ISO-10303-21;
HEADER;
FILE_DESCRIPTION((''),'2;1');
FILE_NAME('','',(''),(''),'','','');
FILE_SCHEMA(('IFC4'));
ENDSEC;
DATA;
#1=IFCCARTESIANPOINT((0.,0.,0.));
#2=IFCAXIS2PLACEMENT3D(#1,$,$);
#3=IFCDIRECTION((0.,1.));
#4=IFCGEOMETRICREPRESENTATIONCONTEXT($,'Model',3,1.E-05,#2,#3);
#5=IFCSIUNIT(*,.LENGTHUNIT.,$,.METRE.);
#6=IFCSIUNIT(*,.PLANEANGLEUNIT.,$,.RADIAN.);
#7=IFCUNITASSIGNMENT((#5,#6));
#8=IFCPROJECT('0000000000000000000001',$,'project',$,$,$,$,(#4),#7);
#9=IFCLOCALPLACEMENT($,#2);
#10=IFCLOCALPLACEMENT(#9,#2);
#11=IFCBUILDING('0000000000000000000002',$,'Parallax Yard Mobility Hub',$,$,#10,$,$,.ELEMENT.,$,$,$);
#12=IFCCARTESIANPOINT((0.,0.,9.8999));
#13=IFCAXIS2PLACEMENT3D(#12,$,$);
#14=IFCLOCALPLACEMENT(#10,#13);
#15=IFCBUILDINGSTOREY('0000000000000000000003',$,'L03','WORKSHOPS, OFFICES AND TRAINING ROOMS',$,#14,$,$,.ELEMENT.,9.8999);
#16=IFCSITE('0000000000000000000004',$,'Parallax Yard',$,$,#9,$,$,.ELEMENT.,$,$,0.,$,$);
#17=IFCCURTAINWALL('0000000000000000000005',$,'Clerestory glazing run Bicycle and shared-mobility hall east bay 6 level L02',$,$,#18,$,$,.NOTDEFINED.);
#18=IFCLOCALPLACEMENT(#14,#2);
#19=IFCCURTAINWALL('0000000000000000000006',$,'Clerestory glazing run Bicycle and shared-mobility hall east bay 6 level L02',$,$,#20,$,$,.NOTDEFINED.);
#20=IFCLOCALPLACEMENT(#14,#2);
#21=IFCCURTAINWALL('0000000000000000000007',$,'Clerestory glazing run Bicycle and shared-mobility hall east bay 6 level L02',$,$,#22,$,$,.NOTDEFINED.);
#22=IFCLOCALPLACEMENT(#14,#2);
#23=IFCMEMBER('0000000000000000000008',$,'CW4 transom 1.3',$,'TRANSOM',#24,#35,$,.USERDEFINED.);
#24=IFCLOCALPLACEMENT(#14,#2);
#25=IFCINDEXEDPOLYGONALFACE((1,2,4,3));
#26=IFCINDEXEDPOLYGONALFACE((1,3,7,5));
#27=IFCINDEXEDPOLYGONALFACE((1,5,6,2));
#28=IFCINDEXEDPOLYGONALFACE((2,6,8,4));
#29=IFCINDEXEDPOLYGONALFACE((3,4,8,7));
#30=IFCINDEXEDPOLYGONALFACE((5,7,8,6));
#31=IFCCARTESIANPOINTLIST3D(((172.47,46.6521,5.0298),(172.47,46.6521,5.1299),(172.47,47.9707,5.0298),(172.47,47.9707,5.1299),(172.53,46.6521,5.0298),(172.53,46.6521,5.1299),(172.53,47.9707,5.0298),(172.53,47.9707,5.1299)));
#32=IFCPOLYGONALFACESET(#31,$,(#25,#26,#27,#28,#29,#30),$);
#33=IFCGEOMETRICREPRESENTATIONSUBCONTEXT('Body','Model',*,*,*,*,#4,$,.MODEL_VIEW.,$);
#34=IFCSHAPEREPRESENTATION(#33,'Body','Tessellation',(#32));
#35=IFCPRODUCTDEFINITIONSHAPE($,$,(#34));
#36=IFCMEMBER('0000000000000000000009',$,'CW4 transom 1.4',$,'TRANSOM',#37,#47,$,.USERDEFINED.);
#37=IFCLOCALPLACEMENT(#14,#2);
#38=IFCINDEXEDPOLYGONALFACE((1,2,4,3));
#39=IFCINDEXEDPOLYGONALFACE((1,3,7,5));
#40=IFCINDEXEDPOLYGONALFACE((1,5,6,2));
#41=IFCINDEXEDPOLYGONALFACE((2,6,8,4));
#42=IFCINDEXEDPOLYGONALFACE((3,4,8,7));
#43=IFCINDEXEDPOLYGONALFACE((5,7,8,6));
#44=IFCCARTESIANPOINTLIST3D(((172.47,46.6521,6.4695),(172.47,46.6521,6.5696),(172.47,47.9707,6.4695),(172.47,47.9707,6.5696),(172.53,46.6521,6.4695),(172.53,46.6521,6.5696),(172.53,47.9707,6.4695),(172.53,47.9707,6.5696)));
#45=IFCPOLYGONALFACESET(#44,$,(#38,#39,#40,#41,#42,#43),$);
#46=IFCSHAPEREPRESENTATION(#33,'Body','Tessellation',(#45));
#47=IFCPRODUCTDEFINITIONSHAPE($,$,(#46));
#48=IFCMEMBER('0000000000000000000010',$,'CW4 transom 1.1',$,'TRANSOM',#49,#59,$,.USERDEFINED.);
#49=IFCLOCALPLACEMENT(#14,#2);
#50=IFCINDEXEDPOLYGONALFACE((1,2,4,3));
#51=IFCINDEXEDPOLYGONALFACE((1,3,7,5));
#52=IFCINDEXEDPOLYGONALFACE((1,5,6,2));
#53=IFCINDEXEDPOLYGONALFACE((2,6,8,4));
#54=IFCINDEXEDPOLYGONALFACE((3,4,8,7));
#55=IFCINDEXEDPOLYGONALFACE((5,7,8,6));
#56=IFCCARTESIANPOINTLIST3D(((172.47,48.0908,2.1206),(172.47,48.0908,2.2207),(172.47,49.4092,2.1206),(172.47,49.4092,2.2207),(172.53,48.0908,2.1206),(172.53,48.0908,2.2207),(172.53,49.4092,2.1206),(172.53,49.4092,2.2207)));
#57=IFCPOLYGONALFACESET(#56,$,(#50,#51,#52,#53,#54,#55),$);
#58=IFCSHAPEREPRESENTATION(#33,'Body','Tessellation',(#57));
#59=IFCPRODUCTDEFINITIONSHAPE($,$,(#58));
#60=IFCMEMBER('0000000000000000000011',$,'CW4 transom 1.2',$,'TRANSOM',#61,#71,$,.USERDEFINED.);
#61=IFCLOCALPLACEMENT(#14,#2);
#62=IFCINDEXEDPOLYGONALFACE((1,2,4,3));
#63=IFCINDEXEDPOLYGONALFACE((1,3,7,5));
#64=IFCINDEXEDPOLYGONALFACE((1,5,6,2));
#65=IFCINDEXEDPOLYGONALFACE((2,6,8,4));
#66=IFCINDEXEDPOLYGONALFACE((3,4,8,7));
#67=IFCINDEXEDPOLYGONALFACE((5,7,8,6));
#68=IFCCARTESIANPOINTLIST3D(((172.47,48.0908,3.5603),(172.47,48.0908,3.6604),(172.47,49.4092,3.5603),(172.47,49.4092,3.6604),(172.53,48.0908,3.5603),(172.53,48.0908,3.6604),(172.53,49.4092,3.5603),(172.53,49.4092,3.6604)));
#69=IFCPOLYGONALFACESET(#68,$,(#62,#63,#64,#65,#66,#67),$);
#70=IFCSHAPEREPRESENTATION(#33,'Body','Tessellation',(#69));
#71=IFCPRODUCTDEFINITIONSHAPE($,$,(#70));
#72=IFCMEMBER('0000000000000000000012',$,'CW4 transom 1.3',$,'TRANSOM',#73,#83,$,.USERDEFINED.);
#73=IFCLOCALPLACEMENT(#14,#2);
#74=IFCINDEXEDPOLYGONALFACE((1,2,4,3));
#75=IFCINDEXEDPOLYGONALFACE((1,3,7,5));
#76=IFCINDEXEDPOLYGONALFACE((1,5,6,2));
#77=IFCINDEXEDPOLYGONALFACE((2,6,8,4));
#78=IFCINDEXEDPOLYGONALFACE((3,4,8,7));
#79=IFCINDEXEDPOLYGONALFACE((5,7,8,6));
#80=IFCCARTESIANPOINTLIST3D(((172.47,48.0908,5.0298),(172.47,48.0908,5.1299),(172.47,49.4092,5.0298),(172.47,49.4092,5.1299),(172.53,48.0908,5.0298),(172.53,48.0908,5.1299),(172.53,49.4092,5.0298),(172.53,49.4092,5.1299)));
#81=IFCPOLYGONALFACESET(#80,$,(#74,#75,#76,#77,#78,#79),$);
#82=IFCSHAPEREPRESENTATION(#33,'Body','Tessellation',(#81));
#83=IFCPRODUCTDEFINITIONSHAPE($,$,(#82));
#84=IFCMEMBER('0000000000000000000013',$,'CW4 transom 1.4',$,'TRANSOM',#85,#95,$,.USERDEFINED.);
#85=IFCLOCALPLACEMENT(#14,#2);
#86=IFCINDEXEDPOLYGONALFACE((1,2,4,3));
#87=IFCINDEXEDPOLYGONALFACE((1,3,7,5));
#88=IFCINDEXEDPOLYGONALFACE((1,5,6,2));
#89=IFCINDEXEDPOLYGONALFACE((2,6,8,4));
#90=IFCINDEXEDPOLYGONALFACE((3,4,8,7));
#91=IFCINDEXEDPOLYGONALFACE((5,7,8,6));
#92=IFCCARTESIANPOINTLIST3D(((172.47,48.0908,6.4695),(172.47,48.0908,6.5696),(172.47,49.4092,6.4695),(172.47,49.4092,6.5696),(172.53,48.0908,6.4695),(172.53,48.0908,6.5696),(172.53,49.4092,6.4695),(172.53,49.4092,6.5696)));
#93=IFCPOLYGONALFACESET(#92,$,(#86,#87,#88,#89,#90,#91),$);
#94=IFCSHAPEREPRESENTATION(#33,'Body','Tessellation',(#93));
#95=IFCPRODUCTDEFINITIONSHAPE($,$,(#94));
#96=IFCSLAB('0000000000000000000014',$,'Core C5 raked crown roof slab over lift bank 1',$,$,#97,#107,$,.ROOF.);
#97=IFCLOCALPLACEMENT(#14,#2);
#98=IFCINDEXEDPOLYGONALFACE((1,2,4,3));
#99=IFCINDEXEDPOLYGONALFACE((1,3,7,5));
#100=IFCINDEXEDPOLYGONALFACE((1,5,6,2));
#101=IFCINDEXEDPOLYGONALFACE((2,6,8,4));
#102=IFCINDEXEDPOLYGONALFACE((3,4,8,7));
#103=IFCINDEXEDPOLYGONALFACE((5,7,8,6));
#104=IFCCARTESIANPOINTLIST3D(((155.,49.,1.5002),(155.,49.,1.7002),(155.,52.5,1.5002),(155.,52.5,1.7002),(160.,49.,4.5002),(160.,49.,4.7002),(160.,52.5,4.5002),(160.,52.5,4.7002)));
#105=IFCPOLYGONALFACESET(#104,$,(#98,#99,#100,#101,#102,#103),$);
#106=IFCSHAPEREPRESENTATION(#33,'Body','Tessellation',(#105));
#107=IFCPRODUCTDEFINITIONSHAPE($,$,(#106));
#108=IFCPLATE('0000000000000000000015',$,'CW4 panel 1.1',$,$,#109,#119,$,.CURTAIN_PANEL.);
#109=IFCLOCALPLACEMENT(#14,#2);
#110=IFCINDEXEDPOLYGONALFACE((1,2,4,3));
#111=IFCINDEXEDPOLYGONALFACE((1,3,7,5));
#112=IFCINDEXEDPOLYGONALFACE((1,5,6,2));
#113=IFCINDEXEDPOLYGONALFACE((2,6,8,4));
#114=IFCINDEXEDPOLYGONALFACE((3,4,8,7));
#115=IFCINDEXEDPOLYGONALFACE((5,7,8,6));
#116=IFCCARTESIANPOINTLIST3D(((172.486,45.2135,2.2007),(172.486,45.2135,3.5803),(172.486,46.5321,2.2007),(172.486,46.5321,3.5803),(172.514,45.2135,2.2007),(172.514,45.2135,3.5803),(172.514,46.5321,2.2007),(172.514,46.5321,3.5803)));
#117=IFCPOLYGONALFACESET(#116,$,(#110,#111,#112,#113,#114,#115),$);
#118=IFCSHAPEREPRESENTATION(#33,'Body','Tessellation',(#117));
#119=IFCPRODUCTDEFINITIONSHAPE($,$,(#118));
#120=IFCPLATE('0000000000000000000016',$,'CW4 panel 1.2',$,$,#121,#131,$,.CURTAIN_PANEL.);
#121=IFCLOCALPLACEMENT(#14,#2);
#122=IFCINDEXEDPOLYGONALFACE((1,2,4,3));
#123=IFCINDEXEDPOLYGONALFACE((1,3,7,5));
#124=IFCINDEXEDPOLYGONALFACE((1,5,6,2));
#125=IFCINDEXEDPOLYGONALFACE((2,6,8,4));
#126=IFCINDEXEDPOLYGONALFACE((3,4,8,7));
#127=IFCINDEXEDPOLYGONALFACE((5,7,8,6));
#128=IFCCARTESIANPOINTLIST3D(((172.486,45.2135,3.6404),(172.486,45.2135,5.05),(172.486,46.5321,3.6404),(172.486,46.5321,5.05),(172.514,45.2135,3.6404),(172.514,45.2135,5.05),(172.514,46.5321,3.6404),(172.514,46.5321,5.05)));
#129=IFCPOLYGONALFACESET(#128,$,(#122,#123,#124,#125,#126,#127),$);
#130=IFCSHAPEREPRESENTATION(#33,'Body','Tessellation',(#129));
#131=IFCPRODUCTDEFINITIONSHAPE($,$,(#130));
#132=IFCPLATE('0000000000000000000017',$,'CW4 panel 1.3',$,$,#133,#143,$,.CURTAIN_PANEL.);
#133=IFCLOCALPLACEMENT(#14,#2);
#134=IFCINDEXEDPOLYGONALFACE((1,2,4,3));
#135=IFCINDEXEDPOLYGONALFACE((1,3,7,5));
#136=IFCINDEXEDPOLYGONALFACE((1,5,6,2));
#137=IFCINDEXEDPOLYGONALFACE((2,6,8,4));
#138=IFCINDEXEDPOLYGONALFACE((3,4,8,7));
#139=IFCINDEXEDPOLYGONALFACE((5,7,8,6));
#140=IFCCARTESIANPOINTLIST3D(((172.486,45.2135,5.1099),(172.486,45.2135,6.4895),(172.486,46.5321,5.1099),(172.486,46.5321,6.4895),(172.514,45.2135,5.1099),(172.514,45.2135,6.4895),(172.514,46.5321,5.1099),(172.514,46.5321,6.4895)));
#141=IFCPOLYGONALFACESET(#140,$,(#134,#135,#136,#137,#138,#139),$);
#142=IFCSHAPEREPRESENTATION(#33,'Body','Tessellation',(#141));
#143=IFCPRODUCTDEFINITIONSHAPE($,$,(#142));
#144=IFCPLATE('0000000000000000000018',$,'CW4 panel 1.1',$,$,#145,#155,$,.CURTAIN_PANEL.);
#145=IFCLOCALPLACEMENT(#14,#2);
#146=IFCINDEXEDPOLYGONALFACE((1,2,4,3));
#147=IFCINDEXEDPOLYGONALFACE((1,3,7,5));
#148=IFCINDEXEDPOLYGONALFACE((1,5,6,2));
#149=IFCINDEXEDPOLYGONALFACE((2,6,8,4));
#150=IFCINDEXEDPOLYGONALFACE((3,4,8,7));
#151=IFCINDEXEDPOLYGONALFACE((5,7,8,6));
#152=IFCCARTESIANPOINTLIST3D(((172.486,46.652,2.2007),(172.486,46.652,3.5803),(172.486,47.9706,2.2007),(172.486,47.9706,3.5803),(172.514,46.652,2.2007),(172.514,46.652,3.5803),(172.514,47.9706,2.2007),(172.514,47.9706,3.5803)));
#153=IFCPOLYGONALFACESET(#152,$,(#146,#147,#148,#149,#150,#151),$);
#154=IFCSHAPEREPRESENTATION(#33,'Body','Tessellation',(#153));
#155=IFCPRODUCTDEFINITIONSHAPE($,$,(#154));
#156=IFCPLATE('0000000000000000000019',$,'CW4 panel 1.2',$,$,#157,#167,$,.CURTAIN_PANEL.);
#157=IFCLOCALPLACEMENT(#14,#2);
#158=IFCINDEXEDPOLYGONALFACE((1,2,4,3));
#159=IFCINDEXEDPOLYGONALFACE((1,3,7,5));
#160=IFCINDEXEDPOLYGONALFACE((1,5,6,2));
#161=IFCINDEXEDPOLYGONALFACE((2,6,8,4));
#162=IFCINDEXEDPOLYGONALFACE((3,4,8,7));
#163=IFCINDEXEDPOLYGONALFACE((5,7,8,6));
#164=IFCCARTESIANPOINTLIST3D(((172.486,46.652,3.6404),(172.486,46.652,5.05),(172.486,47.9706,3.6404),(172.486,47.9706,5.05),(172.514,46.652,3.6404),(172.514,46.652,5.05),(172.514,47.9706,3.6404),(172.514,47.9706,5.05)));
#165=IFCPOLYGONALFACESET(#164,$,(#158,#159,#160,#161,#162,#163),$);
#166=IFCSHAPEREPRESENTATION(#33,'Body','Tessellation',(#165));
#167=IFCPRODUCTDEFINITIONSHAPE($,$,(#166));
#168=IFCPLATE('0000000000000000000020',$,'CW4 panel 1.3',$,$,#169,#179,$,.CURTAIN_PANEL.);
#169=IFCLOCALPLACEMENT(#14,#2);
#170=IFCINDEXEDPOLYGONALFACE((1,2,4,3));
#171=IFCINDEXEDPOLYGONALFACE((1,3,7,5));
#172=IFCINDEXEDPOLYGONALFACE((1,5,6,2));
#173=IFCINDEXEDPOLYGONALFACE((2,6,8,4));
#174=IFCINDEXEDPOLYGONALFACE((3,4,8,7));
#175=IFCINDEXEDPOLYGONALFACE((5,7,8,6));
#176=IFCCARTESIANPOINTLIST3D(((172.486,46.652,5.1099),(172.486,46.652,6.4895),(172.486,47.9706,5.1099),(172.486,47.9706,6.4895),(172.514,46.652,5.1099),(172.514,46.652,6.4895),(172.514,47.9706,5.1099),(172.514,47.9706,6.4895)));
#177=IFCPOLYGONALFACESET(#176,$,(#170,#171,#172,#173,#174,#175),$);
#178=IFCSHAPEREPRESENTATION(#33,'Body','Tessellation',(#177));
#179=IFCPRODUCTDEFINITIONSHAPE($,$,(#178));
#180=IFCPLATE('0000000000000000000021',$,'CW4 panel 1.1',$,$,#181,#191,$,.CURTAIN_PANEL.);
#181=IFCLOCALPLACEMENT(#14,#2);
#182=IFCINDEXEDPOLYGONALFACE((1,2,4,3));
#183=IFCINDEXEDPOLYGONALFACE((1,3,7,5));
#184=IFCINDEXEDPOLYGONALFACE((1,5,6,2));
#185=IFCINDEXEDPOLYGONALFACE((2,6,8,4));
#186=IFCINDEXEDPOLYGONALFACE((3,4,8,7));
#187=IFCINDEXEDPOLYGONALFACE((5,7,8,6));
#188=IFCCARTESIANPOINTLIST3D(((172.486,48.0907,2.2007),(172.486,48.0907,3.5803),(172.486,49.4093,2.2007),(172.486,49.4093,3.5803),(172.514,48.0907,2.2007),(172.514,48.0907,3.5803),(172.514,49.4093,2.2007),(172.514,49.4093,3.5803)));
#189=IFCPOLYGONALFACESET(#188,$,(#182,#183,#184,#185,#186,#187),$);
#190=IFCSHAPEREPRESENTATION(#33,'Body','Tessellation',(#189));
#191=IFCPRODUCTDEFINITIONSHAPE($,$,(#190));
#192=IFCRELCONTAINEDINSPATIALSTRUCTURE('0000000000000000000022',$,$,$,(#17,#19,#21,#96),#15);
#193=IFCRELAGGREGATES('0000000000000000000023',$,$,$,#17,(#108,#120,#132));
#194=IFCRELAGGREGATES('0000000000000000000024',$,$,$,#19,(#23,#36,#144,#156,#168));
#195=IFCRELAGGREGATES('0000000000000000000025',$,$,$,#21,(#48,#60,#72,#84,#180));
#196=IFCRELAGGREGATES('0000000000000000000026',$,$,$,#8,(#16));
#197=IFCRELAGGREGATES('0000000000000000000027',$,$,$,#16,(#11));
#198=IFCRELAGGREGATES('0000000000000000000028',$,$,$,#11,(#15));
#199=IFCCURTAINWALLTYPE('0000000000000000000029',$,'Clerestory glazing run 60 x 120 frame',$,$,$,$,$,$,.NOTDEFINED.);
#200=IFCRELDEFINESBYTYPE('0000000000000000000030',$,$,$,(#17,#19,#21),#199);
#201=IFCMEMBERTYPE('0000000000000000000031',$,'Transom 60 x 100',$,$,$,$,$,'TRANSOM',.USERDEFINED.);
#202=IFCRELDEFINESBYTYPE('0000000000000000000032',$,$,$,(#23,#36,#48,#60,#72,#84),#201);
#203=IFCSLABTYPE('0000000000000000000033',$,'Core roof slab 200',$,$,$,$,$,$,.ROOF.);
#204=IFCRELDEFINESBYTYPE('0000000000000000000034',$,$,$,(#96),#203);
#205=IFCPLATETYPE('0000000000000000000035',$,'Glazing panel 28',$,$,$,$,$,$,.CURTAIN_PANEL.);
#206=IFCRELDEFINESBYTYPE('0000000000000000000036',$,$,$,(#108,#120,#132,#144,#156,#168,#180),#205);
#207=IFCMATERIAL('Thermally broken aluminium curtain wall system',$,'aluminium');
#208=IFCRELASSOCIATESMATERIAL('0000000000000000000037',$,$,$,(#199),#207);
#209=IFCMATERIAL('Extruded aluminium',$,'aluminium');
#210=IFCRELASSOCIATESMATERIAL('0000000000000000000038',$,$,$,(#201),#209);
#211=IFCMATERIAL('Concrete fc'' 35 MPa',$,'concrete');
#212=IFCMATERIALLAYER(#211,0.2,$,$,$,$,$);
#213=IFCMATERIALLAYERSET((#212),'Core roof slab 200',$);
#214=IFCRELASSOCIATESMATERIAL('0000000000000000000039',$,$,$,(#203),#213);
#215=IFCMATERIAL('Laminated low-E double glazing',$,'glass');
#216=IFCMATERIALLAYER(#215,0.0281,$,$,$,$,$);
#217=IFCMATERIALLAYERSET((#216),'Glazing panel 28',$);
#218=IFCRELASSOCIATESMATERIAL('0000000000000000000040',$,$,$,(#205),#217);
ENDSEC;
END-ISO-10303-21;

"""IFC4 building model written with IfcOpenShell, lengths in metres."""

from ifc_helpers import new_model, si_unit, direction, frame, origin, origin_2d, place, context, subcontext, project, spatial, polyline, rectangle, outline, extrude, material, layer, layer_set, material_profile, profile_set, type_object, element, aggregate, save


model = new_model("IFC4")

# Units and contexts
model_context = context("Model", 3, precision=1e-05, world=origin(), true_north=direction((0.0, 1.0)))
body_context = subcontext(model_context, "Body", "Model", "MODEL_VIEW")
ifc_project = project(units=[si_unit("LENGTHUNIT", "METRE"), si_unit("PLANEANGLEUNIT", "RADIAN")], contexts=[model_context])

# Site, building, storey
site_placement = place(None, origin())
site = spatial("IfcSite", under=ifc_project, at=site_placement, Name="Parallax Yard", CompositionType="ELEMENT", RefElevation=0.0)
building_placement = place(site_placement, origin())
building = spatial("IfcBuilding", under=site, at=building_placement, Name="Parallax Yard Mobility Hub", CompositionType="ELEMENT")
storey_placement = place(building_placement, frame((0.0, 0.0, 9.8999)))
storey = spatial("IfcBuildingStorey", under=building, at=storey_placement, Name="L03", Description="WORKSHOPS, OFFICES AND TRAINING ROOMS", CompositionType="ELEMENT", Elevation=9.8999)

# Curtain walls
ifc_material_1 = material(Name="Thermally broken aluminium curtain wall system", Category="aluminium")
curtain_wall_type = type_object("IfcCurtainWallType", Name="Clerestory glazing run 60 x 120 frame", PredefinedType="NOTDEFINED", material=ifc_material_1)
curtain_wall_1_placement = place(storey_placement, origin())
curtain_wall_1 = element("IfcCurtainWall", 1, at=curtain_wall_1_placement, inside=storey, type_object=curtain_wall_type, Name="Clerestory glazing run Bicycle and shared-mobility hall east bay 6 level L02", PredefinedType="NOTDEFINED")
ifc_material_2 = material(Name="Extruded aluminium", Category="aluminium")
curtain_wall_2_placement = place(storey_placement, origin())
curtain_wall_2 = element("IfcCurtainWall", 2, at=curtain_wall_2_placement, inside=storey, type_object=curtain_wall_type, Name="Clerestory glazing run Bicycle and shared-mobility hall east bay 6 level L02", PredefinedType="NOTDEFINED")
curtain_wall_3_placement = place(storey_placement, origin())
curtain_wall_3 = element("IfcCurtainWall", 3, at=curtain_wall_3_placement, inside=storey, type_object=curtain_wall_type, Name="Clerestory glazing run Bicycle and shared-mobility hall east bay 6 level L02", PredefinedType="NOTDEFINED")

# Members
ifc_material_profile_1 = material_profile(ifc_material_2, rectangle(XDim=0.0601, YDim=0.1001, at=origin_2d()), Name="Transom 60 x 100")
ifc_profile_set_1 = profile_set([ifc_material_profile_1], Name="Extruded aluminium")
member_type_1 = type_object("IfcMemberType", Name="Transom 60 x 100", ElementType="TRANSOM", PredefinedType="USERDEFINED", material=ifc_profile_set_1)
member_1_placement = place(storey_placement, frame((172.5, 46.6521, 5.0798), z_axis=(0.0, 1.0, 0.0), x_axis=(-1.0, 0.0, 0.0)))
member_1 = element("IfcMember", 4, at=member_1_placement, type_object=member_type_1, Name="CW4 transom 1.3", ObjectType="TRANSOM", PredefinedType="USERDEFINED", context=body_context, shape_type="SweptSolid", body=[
    extrude(rectangle(XDim=0.0601, YDim=0.1001, at=origin_2d()), origin(), (0.0, 0.0, 1.0), 1.3186),
])
member_2_placement = place(storey_placement, frame((172.5, 46.6521, 6.5195), z_axis=(0.0, 1.0, 0.0), x_axis=(-1.0, 0.0, 0.0)))
member_2 = element("IfcMember", 5, at=member_2_placement, type_object=member_type_1, Name="CW4 transom 1.4", ObjectType="TRANSOM", PredefinedType="USERDEFINED", context=body_context, shape_type="SweptSolid", body=[
    extrude(rectangle(XDim=0.0601, YDim=0.1001, at=origin_2d()), origin(), (0.0, 0.0, 1.0), 1.3186),
])
member_3_placement = place(storey_placement, frame((172.5, 48.0908, 2.1707), z_axis=(0.0, 1.0, 0.0), x_axis=(-1.0, 0.0, 0.0)))
member_3 = element("IfcMember", 6, at=member_3_placement, type_object=member_type_1, Name="CW4 transom 1.1", ObjectType="TRANSOM", PredefinedType="USERDEFINED", context=body_context, shape_type="SweptSolid", body=[
    extrude(rectangle(XDim=0.0601, YDim=0.1001, at=origin_2d()), origin(), (0.0, 0.0, 1.0), 1.3184),
])
member_4_placement = place(storey_placement, frame((172.5, 48.0908, 3.6104), z_axis=(0.0, 1.0, 0.0), x_axis=(-1.0, 0.0, 0.0)))
member_4 = element("IfcMember", 7, at=member_4_placement, type_object=member_type_1, Name="CW4 transom 1.2", ObjectType="TRANSOM", PredefinedType="USERDEFINED", context=body_context, shape_type="SweptSolid", body=[
    extrude(rectangle(XDim=0.0601, YDim=0.1001, at=origin_2d()), origin(), (0.0, 0.0, 1.0), 1.3184),
])
member_5_placement = place(storey_placement, frame((172.5, 48.0908, 5.0798), z_axis=(0.0, 1.0, 0.0), x_axis=(-1.0, 0.0, 0.0)))
member_5 = element("IfcMember", 8, at=member_5_placement, type_object=member_type_1, Name="CW4 transom 1.3", ObjectType="TRANSOM", PredefinedType="USERDEFINED", context=body_context, shape_type="SweptSolid", body=[
    extrude(rectangle(XDim=0.0601, YDim=0.1001, at=origin_2d()), origin(), (0.0, 0.0, 1.0), 1.3184),
])
member_6_placement = place(storey_placement, frame((172.5, 48.0908, 6.5195), z_axis=(0.0, 1.0, 0.0), x_axis=(-1.0, 0.0, 0.0)))
member_6 = element("IfcMember", 9, at=member_6_placement, type_object=member_type_1, Name="CW4 transom 1.4", ObjectType="TRANSOM", PredefinedType="USERDEFINED", context=body_context, shape_type="SweptSolid", body=[
    extrude(rectangle(XDim=0.0601, YDim=0.1001, at=origin_2d()), origin(), (0.0, 0.0, 1.0), 1.3184),
])

# Slab
ifc_material_3 = material(Name="Concrete fc' 35 MPa", Category="concrete")
ifc_layer_1 = layer(ifc_material_3, 0.2)
ifc_layer_set_1 = layer_set([ifc_layer_1], Name="Core roof slab 200")
slab_type = type_object("IfcSlabType", Name="Core roof slab 200", PredefinedType="ROOF", material=ifc_layer_set_1)
slab_placement = place(storey_placement, frame((155.0, 50.75, 1.7002), z_axis=(0.0, 0.0, 1.0), x_axis=(1.0, 0.0, 0.0)))
element("IfcSlab", 10, at=slab_placement, inside=storey, type_object=slab_type, Name="Core C5 raked crown roof slab over lift bank 1", PredefinedType="ROOF", context=body_context, shape_type="SweptSolid", body=[
    extrude(outline(polyline([(0.0, -0.2), (5.0, 2.8), (5.0, 3.0), (0.0, 0.0), (0.0, -0.2)])), frame((0.0, 1.75, 0.0), z_axis=(0.0, -1.0, 0.0), x_axis=(1.0, 0.0, 0.0)), (0.0, 0.0, 1.0), 3.5),
])

# Plates
ifc_material_4 = material(Name="Laminated low-E double glazing", Category="glass")
ifc_layer_2 = layer(ifc_material_4, 0.0281)
ifc_layer_set_2 = layer_set([ifc_layer_2], Name="Glazing panel 28")
plate_type = type_object("IfcPlateType", Name="Glazing panel 28", PredefinedType="CURTAIN_PANEL", material=ifc_layer_set_2)
plate_1_placement = place(storey_placement, frame((172.5, 45.8728, 2.2007), z_axis=(0.0, 0.0, 1.0), x_axis=(0.0, 1.0, 0.0)))
plate_1 = element("IfcPlate", 11, at=plate_1_placement, type_object=plate_type, Name="CW4 panel 1.1", PredefinedType="CURTAIN_PANEL", context=body_context, shape_type="SweptSolid", body=[
    extrude(rectangle(XDim=1.3186, YDim=0.0281, at=origin_2d()), origin(), (0.0, 0.0, 1.0), 1.3796),
])
plate_2_placement = place(storey_placement, frame((172.5, 45.8728, 3.6404), z_axis=(0.0, 0.0, 1.0), x_axis=(0.0, 1.0, 0.0)))
plate_2 = element("IfcPlate", 12, at=plate_2_placement, type_object=plate_type, Name="CW4 panel 1.2", PredefinedType="CURTAIN_PANEL", context=body_context, shape_type="SweptSolid", body=[
    extrude(rectangle(XDim=1.3186, YDim=0.0281, at=origin_2d()), origin(), (0.0, 0.0, 1.0), 1.4097),
])
plate_3_placement = place(storey_placement, frame((172.5, 45.8728, 5.1099), z_axis=(0.0, 0.0, 1.0), x_axis=(0.0, 1.0, 0.0)))
plate_3 = element("IfcPlate", 13, at=plate_3_placement, type_object=plate_type, Name="CW4 panel 1.3", PredefinedType="CURTAIN_PANEL", context=body_context, shape_type="SweptSolid", body=[
    extrude(rectangle(XDim=1.3186, YDim=0.0281, at=origin_2d()), origin(), (0.0, 0.0, 1.0), 1.3796),
])
aggregate(curtain_wall_1, [plate_1, plate_2, plate_3])
plate_4_placement = place(storey_placement, frame((172.5, 47.3113, 2.2007), z_axis=(0.0, 0.0, 1.0), x_axis=(0.0, 1.0, 0.0)))
plate_4 = element("IfcPlate", 14, at=plate_4_placement, type_object=plate_type, Name="CW4 panel 1.1", PredefinedType="CURTAIN_PANEL", context=body_context, shape_type="SweptSolid", body=[
    extrude(rectangle(XDim=1.3186, YDim=0.0281, at=origin_2d()), origin(), (0.0, 0.0, 1.0), 1.3796),
])
plate_5_placement = place(storey_placement, frame((172.5, 47.3113, 3.6404), z_axis=(0.0, 0.0, 1.0), x_axis=(0.0, 1.0, 0.0)))
plate_5 = element("IfcPlate", 15, at=plate_5_placement, type_object=plate_type, Name="CW4 panel 1.2", PredefinedType="CURTAIN_PANEL", context=body_context, shape_type="SweptSolid", body=[
    extrude(rectangle(XDim=1.3186, YDim=0.0281, at=origin_2d()), origin(), (0.0, 0.0, 1.0), 1.4097),
])
plate_6_placement = place(storey_placement, frame((172.5, 47.3113, 5.1099), z_axis=(0.0, 0.0, 1.0), x_axis=(0.0, 1.0, 0.0)))
plate_6 = element("IfcPlate", 16, at=plate_6_placement, type_object=plate_type, Name="CW4 panel 1.3", PredefinedType="CURTAIN_PANEL", context=body_context, shape_type="SweptSolid", body=[
    extrude(rectangle(XDim=1.3186, YDim=0.0281, at=origin_2d()), origin(), (0.0, 0.0, 1.0), 1.3796),
])
aggregate(curtain_wall_2, [member_1, member_2, plate_4, plate_5, plate_6])
plate_7_placement = place(storey_placement, frame((172.5, 48.75, 2.2007), z_axis=(0.0, 0.0, 1.0), x_axis=(0.0, 1.0, 0.0)))
plate_7 = element("IfcPlate", 17, at=plate_7_placement, type_object=plate_type, Name="CW4 panel 1.1", PredefinedType="CURTAIN_PANEL", context=body_context, shape_type="SweptSolid", body=[
    extrude(rectangle(XDim=1.3186, YDim=0.0281, at=origin_2d()), origin(), (0.0, 0.0, 1.0), 1.3796),
])
aggregate(curtain_wall_3, [member_3, member_4, member_5, member_6, plate_7])

save(model, "model.ifc")
